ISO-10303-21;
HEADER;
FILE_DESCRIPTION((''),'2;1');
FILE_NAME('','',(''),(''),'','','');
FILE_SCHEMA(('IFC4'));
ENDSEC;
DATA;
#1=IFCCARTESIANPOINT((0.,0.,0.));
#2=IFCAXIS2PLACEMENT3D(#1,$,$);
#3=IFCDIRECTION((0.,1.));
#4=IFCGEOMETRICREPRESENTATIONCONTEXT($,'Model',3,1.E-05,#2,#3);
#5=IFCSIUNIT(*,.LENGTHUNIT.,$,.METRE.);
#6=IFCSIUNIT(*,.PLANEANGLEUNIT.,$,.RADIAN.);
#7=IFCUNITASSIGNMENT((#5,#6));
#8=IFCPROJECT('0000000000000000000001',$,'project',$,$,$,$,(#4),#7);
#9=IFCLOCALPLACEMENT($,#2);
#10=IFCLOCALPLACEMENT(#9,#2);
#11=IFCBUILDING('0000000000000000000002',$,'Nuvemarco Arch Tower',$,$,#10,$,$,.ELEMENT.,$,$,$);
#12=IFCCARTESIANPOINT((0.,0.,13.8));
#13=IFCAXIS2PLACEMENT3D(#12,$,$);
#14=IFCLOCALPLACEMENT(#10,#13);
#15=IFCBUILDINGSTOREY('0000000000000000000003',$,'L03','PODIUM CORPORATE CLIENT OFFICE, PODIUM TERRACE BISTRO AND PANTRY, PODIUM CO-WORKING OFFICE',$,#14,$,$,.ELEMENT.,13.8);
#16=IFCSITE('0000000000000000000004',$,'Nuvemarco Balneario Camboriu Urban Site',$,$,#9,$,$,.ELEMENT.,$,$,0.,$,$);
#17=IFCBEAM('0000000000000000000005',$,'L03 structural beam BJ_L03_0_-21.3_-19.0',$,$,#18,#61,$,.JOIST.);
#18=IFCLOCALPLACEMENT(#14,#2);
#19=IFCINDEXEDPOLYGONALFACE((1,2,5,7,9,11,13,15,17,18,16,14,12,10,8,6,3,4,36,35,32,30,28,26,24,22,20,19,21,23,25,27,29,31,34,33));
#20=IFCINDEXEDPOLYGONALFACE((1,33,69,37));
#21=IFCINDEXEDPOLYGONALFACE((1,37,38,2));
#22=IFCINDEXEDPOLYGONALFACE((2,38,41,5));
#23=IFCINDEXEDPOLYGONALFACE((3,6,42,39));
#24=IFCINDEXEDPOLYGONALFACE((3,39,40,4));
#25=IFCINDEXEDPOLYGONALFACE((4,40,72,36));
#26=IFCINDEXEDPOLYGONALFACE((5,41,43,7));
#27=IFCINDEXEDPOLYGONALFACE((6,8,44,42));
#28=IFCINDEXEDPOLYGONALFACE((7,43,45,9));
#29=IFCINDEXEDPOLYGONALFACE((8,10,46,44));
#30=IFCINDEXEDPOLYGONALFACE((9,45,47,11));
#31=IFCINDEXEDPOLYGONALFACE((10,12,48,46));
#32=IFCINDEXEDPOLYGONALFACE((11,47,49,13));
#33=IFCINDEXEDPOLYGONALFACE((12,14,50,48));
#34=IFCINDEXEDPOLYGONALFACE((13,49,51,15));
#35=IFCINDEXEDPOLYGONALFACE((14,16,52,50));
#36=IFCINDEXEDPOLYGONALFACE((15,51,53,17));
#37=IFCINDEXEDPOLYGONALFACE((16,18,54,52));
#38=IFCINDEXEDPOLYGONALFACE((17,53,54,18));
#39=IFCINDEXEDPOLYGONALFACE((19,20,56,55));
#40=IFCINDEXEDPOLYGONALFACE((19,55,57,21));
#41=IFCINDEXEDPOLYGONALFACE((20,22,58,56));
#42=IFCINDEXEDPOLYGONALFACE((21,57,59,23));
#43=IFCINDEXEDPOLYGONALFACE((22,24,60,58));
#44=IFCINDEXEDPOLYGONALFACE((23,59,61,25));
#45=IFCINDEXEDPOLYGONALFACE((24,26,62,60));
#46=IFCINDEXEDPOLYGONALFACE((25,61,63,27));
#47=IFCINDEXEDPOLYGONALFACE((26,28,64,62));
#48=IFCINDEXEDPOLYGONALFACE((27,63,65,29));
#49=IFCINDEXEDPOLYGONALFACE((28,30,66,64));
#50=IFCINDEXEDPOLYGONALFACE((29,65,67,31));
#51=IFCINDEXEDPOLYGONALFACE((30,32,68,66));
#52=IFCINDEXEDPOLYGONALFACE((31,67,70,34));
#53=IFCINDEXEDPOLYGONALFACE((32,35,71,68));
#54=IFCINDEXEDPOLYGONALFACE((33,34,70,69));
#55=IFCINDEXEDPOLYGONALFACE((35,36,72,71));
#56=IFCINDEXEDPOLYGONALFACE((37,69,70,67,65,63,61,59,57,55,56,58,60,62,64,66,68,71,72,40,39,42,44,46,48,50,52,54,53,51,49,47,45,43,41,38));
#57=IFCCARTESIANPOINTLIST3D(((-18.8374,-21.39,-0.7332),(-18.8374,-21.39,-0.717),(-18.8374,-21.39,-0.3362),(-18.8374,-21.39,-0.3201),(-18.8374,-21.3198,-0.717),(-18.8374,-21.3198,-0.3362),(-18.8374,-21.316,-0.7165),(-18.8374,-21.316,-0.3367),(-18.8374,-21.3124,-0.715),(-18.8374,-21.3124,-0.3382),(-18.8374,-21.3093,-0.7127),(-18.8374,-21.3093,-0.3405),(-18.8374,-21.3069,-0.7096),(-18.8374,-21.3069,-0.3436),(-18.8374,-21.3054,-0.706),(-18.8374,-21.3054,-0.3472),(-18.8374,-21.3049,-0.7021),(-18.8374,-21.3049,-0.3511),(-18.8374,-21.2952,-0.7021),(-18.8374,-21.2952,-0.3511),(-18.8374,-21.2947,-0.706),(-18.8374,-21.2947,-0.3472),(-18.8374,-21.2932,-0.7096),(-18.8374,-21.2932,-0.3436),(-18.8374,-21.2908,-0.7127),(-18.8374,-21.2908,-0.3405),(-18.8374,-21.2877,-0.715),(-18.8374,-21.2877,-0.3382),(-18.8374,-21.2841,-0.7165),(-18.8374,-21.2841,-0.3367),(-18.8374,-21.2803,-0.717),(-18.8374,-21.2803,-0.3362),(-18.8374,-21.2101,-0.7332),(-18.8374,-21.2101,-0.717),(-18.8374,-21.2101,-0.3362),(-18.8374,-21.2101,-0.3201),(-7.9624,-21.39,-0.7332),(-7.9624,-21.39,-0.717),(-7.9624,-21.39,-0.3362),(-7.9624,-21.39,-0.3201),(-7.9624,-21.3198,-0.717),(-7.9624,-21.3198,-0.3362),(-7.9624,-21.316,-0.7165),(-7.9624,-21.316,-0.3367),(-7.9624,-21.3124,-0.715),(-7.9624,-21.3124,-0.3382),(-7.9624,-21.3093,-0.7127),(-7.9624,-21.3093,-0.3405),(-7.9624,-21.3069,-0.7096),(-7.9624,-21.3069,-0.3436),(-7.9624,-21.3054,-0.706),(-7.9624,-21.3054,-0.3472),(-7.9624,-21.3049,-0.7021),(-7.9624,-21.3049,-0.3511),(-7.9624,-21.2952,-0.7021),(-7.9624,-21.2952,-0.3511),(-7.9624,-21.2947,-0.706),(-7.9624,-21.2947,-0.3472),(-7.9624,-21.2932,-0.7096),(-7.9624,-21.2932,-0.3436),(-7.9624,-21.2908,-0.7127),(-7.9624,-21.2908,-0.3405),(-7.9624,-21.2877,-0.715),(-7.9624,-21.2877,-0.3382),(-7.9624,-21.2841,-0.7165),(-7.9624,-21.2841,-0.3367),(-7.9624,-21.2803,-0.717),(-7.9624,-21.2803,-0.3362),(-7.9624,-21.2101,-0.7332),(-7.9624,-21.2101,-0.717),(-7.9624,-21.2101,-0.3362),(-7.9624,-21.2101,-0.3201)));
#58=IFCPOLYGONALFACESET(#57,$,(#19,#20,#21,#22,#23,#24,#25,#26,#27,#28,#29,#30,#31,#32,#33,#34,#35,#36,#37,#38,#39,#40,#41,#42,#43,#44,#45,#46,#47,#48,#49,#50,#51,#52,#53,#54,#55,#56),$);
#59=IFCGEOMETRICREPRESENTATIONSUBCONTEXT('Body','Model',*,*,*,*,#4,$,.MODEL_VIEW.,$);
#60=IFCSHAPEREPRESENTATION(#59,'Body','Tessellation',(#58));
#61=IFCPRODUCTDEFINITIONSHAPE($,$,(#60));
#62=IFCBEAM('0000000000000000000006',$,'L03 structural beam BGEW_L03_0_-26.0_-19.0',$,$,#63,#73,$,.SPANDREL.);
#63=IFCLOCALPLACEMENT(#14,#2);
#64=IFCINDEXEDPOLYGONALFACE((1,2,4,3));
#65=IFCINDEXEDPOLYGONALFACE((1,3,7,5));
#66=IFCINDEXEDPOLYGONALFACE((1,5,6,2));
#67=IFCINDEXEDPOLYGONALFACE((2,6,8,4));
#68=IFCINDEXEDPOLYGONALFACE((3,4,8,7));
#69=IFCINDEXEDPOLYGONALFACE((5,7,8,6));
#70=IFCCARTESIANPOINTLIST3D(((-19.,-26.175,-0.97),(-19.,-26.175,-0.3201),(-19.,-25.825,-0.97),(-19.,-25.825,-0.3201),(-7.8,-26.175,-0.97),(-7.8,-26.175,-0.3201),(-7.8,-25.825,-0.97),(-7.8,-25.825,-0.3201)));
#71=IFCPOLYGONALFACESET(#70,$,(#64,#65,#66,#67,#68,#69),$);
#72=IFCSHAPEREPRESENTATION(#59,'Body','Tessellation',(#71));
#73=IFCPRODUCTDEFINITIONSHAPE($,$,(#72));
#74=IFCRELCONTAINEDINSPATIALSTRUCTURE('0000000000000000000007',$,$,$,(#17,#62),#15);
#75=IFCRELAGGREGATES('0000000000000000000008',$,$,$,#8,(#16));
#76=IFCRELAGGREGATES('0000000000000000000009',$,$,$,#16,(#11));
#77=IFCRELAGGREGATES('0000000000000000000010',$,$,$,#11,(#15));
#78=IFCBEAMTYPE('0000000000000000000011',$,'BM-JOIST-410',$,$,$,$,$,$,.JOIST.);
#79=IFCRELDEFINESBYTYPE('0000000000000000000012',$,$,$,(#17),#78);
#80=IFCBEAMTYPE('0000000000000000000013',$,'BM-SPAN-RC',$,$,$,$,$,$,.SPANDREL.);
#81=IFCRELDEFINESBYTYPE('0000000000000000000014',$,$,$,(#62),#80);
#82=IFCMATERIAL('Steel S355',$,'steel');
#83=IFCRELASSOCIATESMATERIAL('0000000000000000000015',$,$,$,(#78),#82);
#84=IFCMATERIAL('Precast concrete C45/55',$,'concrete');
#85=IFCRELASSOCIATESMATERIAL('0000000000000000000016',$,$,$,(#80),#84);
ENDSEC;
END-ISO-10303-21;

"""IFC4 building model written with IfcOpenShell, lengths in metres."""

from ifc_helpers import new_model, si_unit, direction, frame, origin, origin_2d, place, context, subcontext, project, spatial, rectangle, i_section, extrude, material, material_profile, profile_set, type_object, element, save


model = new_model("IFC4")

# Units and contexts
model_context = context("Model", 3, precision=1e-05, world=origin(), true_north=direction((0.0, 1.0)))
body_context = subcontext(model_context, "Body", "Model", "MODEL_VIEW")
ifc_project = project(units=[si_unit("LENGTHUNIT", "METRE"), si_unit("PLANEANGLEUNIT", "RADIAN")], contexts=[model_context])

# Site, building, storey
site_placement = place(None, origin())
site = spatial("IfcSite", under=ifc_project, at=site_placement, Name="Nuvemarco Balneario Camboriu Urban Site", CompositionType="ELEMENT", RefElevation=0.0)
building_placement = place(site_placement, origin())
building = spatial("IfcBuilding", under=site, at=building_placement, Name="Nuvemarco Arch Tower", CompositionType="ELEMENT")
storey_placement = place(building_placement, frame((0.0, 0.0, 13.8)))
storey = spatial("IfcBuildingStorey", under=building, at=storey_placement, Name="L03", Description="PODIUM CORPORATE CLIENT OFFICE, PODIUM TERRACE BISTRO AND PANTRY, PODIUM CO-WORKING OFFICE", CompositionType="ELEMENT", Elevation=13.8)

# Beams
ifc_material_1 = material(Name="Steel S355", Category="steel")
ifc_material_profile_1 = material_profile(ifc_material_1, i_section(OverallWidth=0.1799, OverallDepth=0.4131, WebThickness=0.0098, FlangeThickness=0.0161, FilletRadius=0.0149, at=origin_2d()), Name="W410x75")
ifc_profile_set_1 = profile_set([ifc_material_profile_1], Name="Steel S355")
beam_type_1 = type_object("IfcBeamType", Name="BM-JOIST-410", PredefinedType="JOIST", material=ifc_profile_set_1)
beam_1_placement = place(storey_placement, frame((-18.8374, -21.3, -0.5266), z_axis=(1.0, 0.0, 0.0), x_axis=(0.0, 1.0, 0.0)))
element("IfcBeam", 1, at=beam_1_placement, inside=storey, type_object=beam_type_1, Name="L03 structural beam BJ_L03_0_-21.3_-19.0", PredefinedType="JOIST", context=body_context, shape_type="SweptSolid", body=[
    extrude(i_section(OverallWidth=0.1799, OverallDepth=0.4131, WebThickness=0.0098, FlangeThickness=0.0161, FilletRadius=0.0149, at=origin_2d()), origin(), (0.0, 0.0, 1.0), 10.875),
])
ifc_material_2 = material(Name="Precast concrete C45/55", Category="concrete")
ifc_material_profile_2 = material_profile(ifc_material_2, rectangle(XDim=0.3501, YDim=0.6499, at=origin_2d()), Name="PC-SP-350x650")
ifc_profile_set_2 = profile_set([ifc_material_profile_2], Name="Precast concrete C45/55")
beam_type_2 = type_object("IfcBeamType", Name="BM-SPAN-RC", PredefinedType="SPANDREL", material=ifc_profile_set_2)
beam_2_placement = place(storey_placement, frame((-19.0, -26.0, -0.645), z_axis=(1.0, 0.0, 0.0), x_axis=(0.0, 1.0, 0.0)))
element("IfcBeam", 2, at=beam_2_placement, inside=storey, type_object=beam_type_2, Name="L03 structural beam BGEW_L03_0_-26.0_-19.0", PredefinedType="SPANDREL", context=body_context, shape_type="SweptSolid", body=[
    extrude(rectangle(XDim=0.3501, YDim=0.6499, at=origin_2d()), origin(), (0.0, 0.0, 1.0), 11.2),
])

save(model, "model.ifc")
